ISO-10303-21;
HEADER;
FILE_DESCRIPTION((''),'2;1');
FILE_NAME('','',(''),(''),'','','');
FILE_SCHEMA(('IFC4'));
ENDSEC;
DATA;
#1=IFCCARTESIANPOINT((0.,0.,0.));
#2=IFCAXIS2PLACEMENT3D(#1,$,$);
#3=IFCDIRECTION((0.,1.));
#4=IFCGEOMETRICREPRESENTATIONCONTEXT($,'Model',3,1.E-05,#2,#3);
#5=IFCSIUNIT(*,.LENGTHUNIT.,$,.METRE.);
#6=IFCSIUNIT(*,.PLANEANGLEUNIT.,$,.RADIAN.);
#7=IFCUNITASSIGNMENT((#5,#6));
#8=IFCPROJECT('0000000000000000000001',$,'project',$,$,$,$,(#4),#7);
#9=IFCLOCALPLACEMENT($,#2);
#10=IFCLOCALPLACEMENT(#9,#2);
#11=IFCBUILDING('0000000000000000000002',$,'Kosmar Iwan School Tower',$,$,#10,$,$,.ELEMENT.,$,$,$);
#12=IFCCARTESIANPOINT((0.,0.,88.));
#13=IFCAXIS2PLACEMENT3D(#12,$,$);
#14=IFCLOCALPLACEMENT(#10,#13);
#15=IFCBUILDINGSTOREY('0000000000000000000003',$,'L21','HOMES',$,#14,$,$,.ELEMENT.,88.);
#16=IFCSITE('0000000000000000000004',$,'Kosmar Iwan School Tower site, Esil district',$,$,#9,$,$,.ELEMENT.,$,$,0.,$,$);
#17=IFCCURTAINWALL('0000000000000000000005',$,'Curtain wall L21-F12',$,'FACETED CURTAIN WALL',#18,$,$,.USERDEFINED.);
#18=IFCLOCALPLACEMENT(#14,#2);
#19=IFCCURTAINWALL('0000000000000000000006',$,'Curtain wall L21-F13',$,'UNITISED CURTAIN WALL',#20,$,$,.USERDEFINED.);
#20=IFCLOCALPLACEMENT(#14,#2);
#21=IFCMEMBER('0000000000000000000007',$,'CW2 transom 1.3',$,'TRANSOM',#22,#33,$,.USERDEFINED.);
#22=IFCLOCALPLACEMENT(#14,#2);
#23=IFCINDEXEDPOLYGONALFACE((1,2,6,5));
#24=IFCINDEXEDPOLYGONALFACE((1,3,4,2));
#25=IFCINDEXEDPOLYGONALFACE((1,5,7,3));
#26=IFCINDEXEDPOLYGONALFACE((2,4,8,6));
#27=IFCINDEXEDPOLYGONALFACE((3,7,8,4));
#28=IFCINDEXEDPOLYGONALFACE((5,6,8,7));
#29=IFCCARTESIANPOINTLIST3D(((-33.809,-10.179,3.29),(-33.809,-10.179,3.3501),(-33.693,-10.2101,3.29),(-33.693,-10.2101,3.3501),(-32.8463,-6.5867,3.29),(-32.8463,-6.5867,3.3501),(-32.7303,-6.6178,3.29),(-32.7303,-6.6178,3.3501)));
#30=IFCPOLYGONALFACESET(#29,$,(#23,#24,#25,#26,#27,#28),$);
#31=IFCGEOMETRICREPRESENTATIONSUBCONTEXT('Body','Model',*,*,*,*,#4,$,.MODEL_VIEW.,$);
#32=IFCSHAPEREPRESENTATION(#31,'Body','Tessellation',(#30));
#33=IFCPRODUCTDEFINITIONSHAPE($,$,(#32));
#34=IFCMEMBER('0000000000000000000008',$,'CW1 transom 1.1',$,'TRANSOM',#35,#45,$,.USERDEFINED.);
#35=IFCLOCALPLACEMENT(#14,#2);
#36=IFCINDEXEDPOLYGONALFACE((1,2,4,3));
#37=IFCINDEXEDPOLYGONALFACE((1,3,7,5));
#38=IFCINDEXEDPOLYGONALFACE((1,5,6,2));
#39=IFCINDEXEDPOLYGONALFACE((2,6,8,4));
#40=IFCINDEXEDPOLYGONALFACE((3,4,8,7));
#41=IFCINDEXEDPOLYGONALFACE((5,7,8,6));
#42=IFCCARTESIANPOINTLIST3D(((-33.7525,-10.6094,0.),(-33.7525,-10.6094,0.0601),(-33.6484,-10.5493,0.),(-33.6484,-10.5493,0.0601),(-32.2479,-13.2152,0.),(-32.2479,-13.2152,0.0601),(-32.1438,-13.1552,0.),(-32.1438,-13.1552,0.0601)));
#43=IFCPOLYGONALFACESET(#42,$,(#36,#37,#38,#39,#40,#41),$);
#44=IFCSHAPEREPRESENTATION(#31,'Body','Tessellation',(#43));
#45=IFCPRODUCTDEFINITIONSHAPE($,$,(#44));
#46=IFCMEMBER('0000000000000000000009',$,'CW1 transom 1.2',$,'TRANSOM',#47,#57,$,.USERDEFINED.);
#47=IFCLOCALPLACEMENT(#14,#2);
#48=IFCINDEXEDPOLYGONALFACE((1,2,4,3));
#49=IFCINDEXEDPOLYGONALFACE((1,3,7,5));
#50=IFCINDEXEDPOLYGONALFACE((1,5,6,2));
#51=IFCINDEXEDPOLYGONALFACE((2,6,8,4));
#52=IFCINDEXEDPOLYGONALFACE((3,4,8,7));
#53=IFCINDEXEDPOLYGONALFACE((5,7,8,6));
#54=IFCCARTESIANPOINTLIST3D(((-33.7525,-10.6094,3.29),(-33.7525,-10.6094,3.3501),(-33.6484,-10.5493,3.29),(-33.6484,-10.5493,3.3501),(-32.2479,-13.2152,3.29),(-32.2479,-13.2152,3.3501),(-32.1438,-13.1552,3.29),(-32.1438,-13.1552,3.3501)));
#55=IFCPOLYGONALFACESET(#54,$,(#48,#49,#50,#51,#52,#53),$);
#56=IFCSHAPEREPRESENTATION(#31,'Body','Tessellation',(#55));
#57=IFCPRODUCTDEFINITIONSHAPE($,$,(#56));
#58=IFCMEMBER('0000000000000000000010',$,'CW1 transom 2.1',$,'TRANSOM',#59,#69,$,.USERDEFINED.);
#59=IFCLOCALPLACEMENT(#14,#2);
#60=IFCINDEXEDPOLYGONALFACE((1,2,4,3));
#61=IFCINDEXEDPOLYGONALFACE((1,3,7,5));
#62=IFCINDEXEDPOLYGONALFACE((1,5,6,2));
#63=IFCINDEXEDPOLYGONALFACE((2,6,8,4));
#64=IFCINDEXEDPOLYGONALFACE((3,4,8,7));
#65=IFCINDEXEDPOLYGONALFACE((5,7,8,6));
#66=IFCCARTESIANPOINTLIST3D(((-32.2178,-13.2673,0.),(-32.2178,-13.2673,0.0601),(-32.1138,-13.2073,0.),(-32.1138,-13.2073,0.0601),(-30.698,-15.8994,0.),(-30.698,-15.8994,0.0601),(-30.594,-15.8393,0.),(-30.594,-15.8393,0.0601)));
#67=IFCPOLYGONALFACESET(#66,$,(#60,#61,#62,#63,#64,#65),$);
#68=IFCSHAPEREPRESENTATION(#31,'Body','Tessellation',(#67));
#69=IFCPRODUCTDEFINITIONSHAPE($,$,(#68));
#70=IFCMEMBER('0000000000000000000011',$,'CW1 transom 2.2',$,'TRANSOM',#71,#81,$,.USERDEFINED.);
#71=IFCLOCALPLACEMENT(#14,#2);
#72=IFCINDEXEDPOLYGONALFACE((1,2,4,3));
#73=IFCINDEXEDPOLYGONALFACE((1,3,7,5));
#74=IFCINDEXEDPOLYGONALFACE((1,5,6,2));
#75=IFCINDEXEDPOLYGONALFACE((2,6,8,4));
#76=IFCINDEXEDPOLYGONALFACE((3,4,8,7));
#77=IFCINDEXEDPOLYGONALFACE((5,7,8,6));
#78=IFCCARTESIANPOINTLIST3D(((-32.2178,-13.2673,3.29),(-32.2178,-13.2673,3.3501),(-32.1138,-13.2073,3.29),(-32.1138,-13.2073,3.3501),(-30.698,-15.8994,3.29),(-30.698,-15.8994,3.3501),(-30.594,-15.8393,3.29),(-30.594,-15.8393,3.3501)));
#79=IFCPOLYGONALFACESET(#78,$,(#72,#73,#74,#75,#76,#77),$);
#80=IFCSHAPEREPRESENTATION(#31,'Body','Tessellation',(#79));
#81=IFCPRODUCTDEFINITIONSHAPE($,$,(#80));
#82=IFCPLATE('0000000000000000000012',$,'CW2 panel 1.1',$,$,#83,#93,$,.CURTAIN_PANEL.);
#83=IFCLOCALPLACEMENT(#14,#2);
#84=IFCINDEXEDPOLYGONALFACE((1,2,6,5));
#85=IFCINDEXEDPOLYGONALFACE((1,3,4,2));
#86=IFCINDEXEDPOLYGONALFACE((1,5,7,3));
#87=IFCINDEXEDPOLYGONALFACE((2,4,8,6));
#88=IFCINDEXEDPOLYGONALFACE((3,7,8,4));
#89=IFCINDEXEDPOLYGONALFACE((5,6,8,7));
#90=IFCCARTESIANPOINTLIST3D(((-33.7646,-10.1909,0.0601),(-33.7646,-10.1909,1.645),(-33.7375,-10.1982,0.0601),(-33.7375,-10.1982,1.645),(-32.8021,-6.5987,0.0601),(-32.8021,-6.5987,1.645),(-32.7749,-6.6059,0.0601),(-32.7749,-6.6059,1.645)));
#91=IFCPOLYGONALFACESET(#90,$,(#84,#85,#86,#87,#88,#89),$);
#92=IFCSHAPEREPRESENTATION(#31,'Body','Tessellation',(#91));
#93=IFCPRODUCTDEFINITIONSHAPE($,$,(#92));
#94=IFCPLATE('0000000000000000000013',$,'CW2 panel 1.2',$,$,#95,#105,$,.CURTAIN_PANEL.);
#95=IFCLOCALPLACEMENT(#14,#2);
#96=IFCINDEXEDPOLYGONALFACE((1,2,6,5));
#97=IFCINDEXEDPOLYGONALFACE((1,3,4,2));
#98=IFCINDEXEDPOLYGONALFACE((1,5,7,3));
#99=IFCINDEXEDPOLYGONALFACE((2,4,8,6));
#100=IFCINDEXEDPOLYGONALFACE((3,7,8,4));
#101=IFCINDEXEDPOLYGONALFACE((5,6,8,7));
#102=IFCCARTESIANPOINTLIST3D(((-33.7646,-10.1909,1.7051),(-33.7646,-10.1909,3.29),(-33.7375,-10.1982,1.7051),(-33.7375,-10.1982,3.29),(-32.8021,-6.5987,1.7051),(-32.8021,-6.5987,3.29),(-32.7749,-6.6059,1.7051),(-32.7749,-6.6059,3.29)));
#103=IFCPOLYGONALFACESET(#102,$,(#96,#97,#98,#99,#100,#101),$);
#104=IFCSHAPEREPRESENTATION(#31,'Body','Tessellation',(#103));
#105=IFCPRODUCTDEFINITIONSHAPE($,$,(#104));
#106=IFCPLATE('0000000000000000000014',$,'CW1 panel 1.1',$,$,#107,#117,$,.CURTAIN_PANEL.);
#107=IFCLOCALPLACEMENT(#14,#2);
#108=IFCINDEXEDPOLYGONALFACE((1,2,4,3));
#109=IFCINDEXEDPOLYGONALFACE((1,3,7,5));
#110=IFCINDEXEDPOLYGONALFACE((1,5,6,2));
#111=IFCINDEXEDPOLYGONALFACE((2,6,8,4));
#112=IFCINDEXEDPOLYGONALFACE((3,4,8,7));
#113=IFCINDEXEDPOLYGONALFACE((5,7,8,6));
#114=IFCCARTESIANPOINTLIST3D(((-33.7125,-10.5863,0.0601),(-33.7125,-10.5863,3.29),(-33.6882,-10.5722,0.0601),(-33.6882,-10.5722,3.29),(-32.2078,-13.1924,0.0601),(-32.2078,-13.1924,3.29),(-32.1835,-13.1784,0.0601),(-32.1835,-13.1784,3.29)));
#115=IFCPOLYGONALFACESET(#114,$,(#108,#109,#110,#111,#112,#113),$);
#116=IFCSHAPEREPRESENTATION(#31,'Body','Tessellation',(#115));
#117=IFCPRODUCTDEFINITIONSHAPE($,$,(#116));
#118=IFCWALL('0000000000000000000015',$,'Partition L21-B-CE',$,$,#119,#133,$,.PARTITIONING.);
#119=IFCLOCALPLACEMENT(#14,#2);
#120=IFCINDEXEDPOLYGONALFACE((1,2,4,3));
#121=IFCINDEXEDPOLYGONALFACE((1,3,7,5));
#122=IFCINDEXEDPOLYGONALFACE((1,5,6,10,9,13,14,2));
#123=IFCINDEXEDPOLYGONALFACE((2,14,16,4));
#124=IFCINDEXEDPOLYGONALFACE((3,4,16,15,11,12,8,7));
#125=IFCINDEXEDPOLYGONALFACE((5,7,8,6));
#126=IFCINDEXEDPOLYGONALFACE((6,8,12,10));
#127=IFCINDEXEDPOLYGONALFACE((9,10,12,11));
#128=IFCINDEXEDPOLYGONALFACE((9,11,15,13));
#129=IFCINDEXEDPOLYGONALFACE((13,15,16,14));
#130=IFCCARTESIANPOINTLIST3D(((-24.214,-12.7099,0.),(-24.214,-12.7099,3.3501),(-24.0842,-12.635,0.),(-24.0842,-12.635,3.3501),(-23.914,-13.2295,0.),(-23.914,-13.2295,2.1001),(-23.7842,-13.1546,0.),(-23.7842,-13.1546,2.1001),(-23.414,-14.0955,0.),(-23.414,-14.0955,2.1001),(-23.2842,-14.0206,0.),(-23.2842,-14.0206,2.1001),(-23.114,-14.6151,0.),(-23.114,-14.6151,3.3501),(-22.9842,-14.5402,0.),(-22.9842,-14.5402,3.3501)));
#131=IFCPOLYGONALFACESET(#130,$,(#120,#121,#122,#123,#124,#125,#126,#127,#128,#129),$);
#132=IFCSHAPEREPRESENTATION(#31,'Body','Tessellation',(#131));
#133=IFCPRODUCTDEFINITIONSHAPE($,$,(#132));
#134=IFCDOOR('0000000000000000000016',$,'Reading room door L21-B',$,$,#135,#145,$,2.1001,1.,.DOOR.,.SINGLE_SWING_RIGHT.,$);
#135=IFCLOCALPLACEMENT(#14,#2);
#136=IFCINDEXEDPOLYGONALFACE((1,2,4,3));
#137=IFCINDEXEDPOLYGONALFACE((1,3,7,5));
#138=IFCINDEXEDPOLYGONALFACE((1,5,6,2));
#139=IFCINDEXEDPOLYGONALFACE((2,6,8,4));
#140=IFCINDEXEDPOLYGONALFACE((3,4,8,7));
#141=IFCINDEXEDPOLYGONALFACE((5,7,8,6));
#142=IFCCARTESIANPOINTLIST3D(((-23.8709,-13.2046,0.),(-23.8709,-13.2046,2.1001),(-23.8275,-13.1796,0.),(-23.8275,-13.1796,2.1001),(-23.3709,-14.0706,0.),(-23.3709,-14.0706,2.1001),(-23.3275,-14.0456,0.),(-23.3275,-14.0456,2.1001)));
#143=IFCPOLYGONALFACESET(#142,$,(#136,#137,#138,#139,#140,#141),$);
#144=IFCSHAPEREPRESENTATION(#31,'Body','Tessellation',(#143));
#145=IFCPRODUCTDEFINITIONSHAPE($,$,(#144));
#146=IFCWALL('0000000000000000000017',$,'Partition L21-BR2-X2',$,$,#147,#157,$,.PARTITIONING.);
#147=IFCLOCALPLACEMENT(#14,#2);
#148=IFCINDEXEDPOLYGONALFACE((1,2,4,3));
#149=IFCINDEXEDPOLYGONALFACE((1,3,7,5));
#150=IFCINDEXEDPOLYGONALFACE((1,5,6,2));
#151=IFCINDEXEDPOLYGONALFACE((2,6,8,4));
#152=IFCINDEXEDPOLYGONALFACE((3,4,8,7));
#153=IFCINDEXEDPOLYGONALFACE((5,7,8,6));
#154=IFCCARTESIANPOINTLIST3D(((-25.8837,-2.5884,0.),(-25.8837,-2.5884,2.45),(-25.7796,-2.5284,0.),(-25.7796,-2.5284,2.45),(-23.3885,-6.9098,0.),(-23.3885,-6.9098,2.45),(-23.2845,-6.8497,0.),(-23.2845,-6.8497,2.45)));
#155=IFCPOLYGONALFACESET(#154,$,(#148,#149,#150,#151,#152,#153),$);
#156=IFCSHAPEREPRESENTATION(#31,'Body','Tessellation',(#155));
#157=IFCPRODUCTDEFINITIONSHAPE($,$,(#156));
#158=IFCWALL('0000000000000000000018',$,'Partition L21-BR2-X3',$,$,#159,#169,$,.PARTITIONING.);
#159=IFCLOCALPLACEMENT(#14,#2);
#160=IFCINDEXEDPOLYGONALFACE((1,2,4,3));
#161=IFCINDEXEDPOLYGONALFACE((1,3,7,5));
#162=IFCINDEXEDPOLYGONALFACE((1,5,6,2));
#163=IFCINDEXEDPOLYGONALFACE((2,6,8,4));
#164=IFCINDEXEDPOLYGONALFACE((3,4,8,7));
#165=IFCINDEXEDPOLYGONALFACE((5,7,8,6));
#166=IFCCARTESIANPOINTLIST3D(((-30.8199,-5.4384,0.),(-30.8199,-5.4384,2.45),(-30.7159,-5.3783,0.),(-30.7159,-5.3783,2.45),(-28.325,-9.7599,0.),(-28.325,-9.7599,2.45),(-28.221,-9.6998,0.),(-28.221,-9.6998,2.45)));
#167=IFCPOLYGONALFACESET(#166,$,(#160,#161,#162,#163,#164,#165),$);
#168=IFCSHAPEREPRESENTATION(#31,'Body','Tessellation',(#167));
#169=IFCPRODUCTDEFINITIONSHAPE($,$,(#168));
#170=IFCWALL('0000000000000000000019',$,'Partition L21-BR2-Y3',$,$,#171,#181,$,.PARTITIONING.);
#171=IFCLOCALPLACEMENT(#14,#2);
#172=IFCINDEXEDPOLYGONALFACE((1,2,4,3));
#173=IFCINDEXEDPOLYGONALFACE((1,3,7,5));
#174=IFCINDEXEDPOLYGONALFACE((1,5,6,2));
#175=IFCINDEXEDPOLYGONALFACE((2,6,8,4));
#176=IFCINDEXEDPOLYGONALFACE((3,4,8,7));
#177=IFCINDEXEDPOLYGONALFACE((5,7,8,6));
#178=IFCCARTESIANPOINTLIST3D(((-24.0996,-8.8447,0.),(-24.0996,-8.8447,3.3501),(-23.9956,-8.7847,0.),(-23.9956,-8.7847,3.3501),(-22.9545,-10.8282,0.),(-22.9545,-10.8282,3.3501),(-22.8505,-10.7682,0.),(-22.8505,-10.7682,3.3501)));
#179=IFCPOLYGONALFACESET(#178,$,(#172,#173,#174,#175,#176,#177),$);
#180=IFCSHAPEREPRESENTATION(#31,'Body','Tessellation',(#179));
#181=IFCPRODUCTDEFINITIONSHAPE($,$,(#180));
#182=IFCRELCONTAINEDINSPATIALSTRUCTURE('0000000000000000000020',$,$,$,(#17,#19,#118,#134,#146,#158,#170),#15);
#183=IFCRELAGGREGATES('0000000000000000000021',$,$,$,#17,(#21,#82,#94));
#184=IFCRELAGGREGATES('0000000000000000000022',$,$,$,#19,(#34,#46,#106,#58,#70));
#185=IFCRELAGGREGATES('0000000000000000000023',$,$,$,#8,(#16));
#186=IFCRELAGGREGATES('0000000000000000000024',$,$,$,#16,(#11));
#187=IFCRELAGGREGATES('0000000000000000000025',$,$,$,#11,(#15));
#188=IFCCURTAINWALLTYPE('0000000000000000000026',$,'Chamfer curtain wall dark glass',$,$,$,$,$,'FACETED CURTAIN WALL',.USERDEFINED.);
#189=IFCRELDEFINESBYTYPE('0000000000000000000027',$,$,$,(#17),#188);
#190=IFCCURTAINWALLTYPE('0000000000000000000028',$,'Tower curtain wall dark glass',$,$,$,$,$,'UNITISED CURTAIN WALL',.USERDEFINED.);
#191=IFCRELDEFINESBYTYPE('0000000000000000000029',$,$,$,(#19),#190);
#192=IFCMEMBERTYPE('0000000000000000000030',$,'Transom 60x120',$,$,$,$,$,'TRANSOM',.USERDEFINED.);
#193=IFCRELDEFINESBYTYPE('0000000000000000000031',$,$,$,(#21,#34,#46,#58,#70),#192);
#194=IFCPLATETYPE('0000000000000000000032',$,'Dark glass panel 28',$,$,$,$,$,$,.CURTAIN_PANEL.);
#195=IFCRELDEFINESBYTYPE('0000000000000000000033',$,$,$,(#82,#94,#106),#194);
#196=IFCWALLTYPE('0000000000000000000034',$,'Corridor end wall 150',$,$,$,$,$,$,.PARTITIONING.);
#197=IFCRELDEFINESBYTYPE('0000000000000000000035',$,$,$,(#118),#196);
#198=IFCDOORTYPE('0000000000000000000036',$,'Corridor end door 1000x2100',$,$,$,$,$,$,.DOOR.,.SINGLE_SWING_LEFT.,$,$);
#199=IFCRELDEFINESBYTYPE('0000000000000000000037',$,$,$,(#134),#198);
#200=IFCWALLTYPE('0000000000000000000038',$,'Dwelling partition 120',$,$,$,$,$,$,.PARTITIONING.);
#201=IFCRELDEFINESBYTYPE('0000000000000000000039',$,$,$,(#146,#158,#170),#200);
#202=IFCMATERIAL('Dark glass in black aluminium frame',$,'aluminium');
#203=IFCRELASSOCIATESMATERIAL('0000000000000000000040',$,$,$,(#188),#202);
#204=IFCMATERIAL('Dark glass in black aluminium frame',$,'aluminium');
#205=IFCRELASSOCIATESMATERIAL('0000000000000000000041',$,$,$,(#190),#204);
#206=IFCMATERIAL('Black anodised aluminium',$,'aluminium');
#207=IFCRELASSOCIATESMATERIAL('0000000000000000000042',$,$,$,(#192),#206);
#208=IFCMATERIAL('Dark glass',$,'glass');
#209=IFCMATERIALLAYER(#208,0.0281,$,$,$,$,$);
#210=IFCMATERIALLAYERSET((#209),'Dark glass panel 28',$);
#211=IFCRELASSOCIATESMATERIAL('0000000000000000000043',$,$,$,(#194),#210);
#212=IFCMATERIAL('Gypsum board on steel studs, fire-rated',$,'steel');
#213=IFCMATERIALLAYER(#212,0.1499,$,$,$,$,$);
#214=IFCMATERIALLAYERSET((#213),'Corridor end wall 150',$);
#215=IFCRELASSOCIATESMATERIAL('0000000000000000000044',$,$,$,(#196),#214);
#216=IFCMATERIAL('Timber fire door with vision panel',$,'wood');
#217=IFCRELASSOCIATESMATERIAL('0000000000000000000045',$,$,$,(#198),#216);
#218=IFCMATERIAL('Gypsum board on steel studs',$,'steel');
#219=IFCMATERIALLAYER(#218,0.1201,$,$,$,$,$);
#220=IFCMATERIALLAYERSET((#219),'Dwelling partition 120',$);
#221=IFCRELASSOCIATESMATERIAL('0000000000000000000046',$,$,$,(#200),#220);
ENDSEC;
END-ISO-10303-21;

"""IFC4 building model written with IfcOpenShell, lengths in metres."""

from ifc_helpers import new_model, si_unit, direction, frame, frame_2d, origin, origin_2d, place, context, subcontext, project, spatial, rectangle, extrude, material, layer, layer_set, material_profile, profile_set, type_object, element, fill, aggregate, save


model = new_model("IFC4")

# Units and contexts
model_context = context("Model", 3, precision=1e-05, world=origin(), true_north=direction((0.0, 1.0)))
body_context = subcontext(model_context, "Body", "Model", "MODEL_VIEW")
ifc_project = project(units=[si_unit("LENGTHUNIT", "METRE"), si_unit("PLANEANGLEUNIT", "RADIAN")], contexts=[model_context])

# Site, building, storey
site_placement = place(None, origin())
site = spatial("IfcSite", under=ifc_project, at=site_placement, Name="Kosmar Iwan School Tower site, Esil district", CompositionType="ELEMENT", RefElevation=0.0)
building_placement = place(site_placement, origin())
building = spatial("IfcBuilding", under=site, at=building_placement, Name="Kosmar Iwan School Tower", CompositionType="ELEMENT")
storey_placement = place(building_placement, frame((0.0, 0.0, 88.0)))
storey = spatial("IfcBuildingStorey", under=building, at=storey_placement, Name="L21", Description="HOMES", CompositionType="ELEMENT", Elevation=88.0)

# Curtain walls
ifc_material_1 = material(Name="Dark glass in black aluminium frame", Category="aluminium")
curtain_wall_type_1 = type_object("IfcCurtainWallType", Name="Chamfer curtain wall dark glass", ElementType="FACETED CURTAIN WALL", PredefinedType="USERDEFINED", material=ifc_material_1)
curtain_wall_1_placement = place(storey_placement, origin())
curtain_wall_1 = element("IfcCurtainWall", 1, at=curtain_wall_1_placement, inside=storey, type_object=curtain_wall_type_1, Name="Curtain wall L21-F12", ObjectType="FACETED CURTAIN WALL", PredefinedType="USERDEFINED")
ifc_material_2 = material(Name="Dark glass in black aluminium frame", Category="aluminium")
curtain_wall_type_2 = type_object("IfcCurtainWallType", Name="Tower curtain wall dark glass", ElementType="UNITISED CURTAIN WALL", PredefinedType="USERDEFINED", material=ifc_material_2)
curtain_wall_2_placement = place(storey_placement, origin())
curtain_wall_2 = element("IfcCurtainWall", 2, at=curtain_wall_2_placement, inside=storey, type_object=curtain_wall_type_2, Name="Curtain wall L21-F13", ObjectType="UNITISED CURTAIN WALL", PredefinedType="USERDEFINED")

# Members
ifc_material_3 = material(Name="Black anodised aluminium", Category="aluminium")
ifc_material_profile_1 = material_profile(ifc_material_3, rectangle(XDim=0.1201, YDim=0.0601, at=origin_2d()), Name="TRANSOM 60x120")
ifc_profile_set_1 = profile_set([ifc_material_profile_1], Name="Black anodised aluminium")
member_type_1 = type_object("IfcMemberType", Name="Transom 60x120", ElementType="TRANSOM", PredefinedType="USERDEFINED", material=ifc_profile_set_1)
member_1_placement = place(storey_placement, frame((-32.7883, -6.6023, 3.3201), z_axis=(-0.258843, -0.965919, 0.0), x_axis=(0.965919, -0.258843, 0.0)))
member_1 = element("IfcMember", 3, at=member_1_placement, type_object=member_type_1, Name="CW2 transom 1.3", ObjectType="TRANSOM", PredefinedType="USERDEFINED", context=body_context, shape_type="SweptSolid", body=[
    extrude(rectangle(XDim=0.1201, YDim=0.0601, at=origin_2d()), origin(), (0.0, 0.0, 1.0), 3.719),
])
member_2_placement = place(storey_placement, frame((-33.7004, -10.5793, 0.03), z_axis=(0.500022, -0.866013, 0.0), x_axis=(0.866013, 0.500022, 0.0)))
member_2 = element("IfcMember", 4, at=member_2_placement, type_object=member_type_1, Name="CW1 transom 1.1", ObjectType="TRANSOM", PredefinedType="USERDEFINED", context=body_context, shape_type="SweptSolid", body=[
    extrude(rectangle(XDim=0.1201, YDim=0.0601, at=origin_2d()), origin(), (0.0, 0.0, 1.0), 3.009),
])
member_3_placement = place(storey_placement, frame((-33.7004, -10.5793, 3.3201), z_axis=(0.500022, -0.866013, 0.0), x_axis=(0.866013, 0.500022, 0.0)))
member_3 = element("IfcMember", 5, at=member_3_placement, type_object=member_type_1, Name="CW1 transom 1.2", ObjectType="TRANSOM", PredefinedType="USERDEFINED", context=body_context, shape_type="SweptSolid", body=[
    extrude(rectangle(XDim=0.1201, YDim=0.0601, at=origin_2d()), origin(), (0.0, 0.0, 1.0), 3.009),
])
member_4_placement = place(storey_placement, frame((-32.1658, -13.2373, 0.03), z_axis=(0.500035, -0.866005, 0.0), x_axis=(0.866005, 0.500035, 0.0)))
member_4 = element("IfcMember", 6, at=member_4_placement, type_object=member_type_1, Name="CW1 transom 2.1", ObjectType="TRANSOM", PredefinedType="USERDEFINED", context=body_context, shape_type="SweptSolid", body=[
    extrude(rectangle(XDim=0.1201, YDim=0.0601, at=origin_2d()), origin(), (0.0, 0.0, 1.0), 3.0393),
])
member_5_placement = place(storey_placement, frame((-32.1658, -13.2373, 3.3201), z_axis=(0.500035, -0.866005, 0.0), x_axis=(0.866005, 0.500035, 0.0)))
member_5 = element("IfcMember", 7, at=member_5_placement, type_object=member_type_1, Name="CW1 transom 2.2", ObjectType="TRANSOM", PredefinedType="USERDEFINED", context=body_context, shape_type="SweptSolid", body=[
    extrude(rectangle(XDim=0.1201, YDim=0.0601, at=origin_2d()), origin(), (0.0, 0.0, 1.0), 3.0393),
])

# Plates
ifc_material_4 = material(Name="Dark glass", Category="glass")
ifc_layer_1 = layer(ifc_material_4, 0.0281)
ifc_layer_set_1 = layer_set([ifc_layer_1], Name="Dark glass panel 28")
plate_type = type_object("IfcPlateType", Name="Dark glass panel 28", PredefinedType="CURTAIN_PANEL", material=ifc_layer_set_1)
plate_1_placement = place(storey_placement, frame((-33.2698, -8.3984, 0.0601), z_axis=(0.0, 0.0, 1.0), x_axis=(-0.258819, -0.965926, 0.0)))
plate_1 = element("IfcPlate", 8, at=plate_1_placement, type_object=plate_type, Name="CW2 panel 1.1", PredefinedType="CURTAIN_PANEL", context=body_context, shape_type="SweptSolid", body=[
    extrude(rectangle(XDim=3.719, YDim=0.0281, at=origin_2d()), origin(), (0.0, 0.0, 1.0), 1.585),
])
plate_2_placement = place(storey_placement, frame((-33.2698, -8.3984, 1.7051), z_axis=(0.0, 0.0, 1.0), x_axis=(-0.258819, -0.965926, 0.0)))
plate_2 = element("IfcPlate", 9, at=plate_2_placement, type_object=plate_type, Name="CW2 panel 1.2", PredefinedType="CURTAIN_PANEL", context=body_context, shape_type="SweptSolid", body=[
    extrude(rectangle(XDim=3.719, YDim=0.0281, at=origin_2d()), origin(), (0.0, 0.0, 1.0), 1.585),
])
aggregate(curtain_wall_1, [member_1, plate_1, plate_2])
plate_3_placement = place(storey_placement, frame((-32.948, -11.8823, 0.0601), z_axis=(0.0, 0.0, 1.0), x_axis=(0.5, -0.866025, 0.0)))
plate_3 = element("IfcPlate", 10, at=plate_3_placement, type_object=plate_type, Name="CW1 panel 1.1", PredefinedType="CURTAIN_PANEL", context=body_context, shape_type="SweptSolid", body=[
    extrude(rectangle(XDim=3.0093, YDim=0.0281, at=origin_2d()), origin(), (0.0, 0.0, 1.0), 3.23),
])
aggregate(curtain_wall_2, [member_2, member_3, plate_3, member_4, member_5])

# Wall, opening, door
ifc_material_5 = material(Name="Gypsum board on steel studs, fire-rated", Category="steel")
ifc_layer_2 = layer(ifc_material_5, 0.1499)
ifc_layer_set_2 = layer_set([ifc_layer_2], Name="Corridor end wall 150")
wall_type_1 = type_object("IfcWallType", Name="Corridor end wall 150", PredefinedType="PARTITIONING", material=ifc_layer_set_2)
wall_1_placement = place(storey_placement, frame((-24.1492, -12.6724, 0.0), z_axis=(0.0, 0.0, 1.0), x_axis=(0.50003, -0.866008, 0.0)))
wall_1 = element("IfcWall", 11, at=wall_1_placement, inside=storey, type_object=wall_type_1, Name="Partition L21-B-CE", PredefinedType="PARTITIONING", context=body_context, shape_type="SweptSolid", body=[
    extrude(rectangle(XDim=2.2, YDim=0.1499, at=frame_2d((1.1001, 0.0))), origin(), (0.0, 0.0, 1.0), 3.3501),
])
opening_placement = place(wall_1_placement, frame((0.6001, 0.0, 0.0)))
opening = element("IfcOpeningElement", 12, at=opening_placement, cuts=wall_1, PredefinedType="OPENING", context=body_context, shape_type="SweptSolid", body=[
    extrude(rectangle(XDim=1.0, YDim=2.1001, at=frame_2d((0.5, 1.05))), frame((0.0, 0.0869, 0.0), z_axis=(0.0, -1.0, 0.0), x_axis=(1.0, 0.0, 0.0)), (0.0, 0.0, 1.0), 0.1738),
])
ifc_material_6 = material(Name="Timber fire door with vision panel", Category="wood")
door_type = type_object("IfcDoorType", Name="Corridor end door 1000x2100", OperationType="SINGLE_SWING_LEFT", PredefinedType="DOOR", material=ifc_material_6)
door_placement = place(opening_placement, origin())
door = element("IfcDoor", 13, at=door_placement, inside=storey, type_object=door_type, Name="Reading room door L21-B", OperationType="SINGLE_SWING_RIGHT", OverallHeight=2.1001, OverallWidth=1.0, PredefinedType="DOOR", context=body_context, shape_type="SweptSolid", body=[
    extrude(rectangle(XDim=1.0, YDim=2.1001, at=frame_2d((0.5, 1.05))), frame((0.0, 0.0249, 0.0), z_axis=(0.0, -1.0, 0.0), x_axis=(1.0, 0.0, 0.0)), (0.0, 0.0, 1.0), 0.05),
])
fill(opening, door)

# Walls
ifc_material_7 = material(Name="Gypsum board on steel studs", Category="steel")
ifc_layer_3 = layer(ifc_material_7, 0.1201)
ifc_layer_set_3 = layer_set([ifc_layer_3], Name="Dwelling partition 120")
wall_type_2 = type_object("IfcWallType", Name="Dwelling partition 120", PredefinedType="PARTITIONING", material=ifc_layer_set_3)
for number, where, z_axis, x_axis, name in (
    (14, (-23.3364, -6.8799, 0.0), (0.0, 0.0, 1.0), (-0.500033, 0.866006, 0.0), "Partition L21-BR2-X2"),
    (15, (-28.2729, -9.73, 0.0), (0.0, 0.0, 1.0), (-0.499975, 0.86604, 0.0), "Partition L21-BR2-X3"),
):
    element("IfcWall", number, at=place(storey_placement, frame(where, z_axis=z_axis, x_axis=x_axis)), inside=storey, type_object=wall_type_2, Name=name, PredefinedType="PARTITIONING", context=body_context, shape_type="SweptSolid", body=[
        extrude(rectangle(XDim=4.99, YDim=0.1201, at=frame_2d((2.4951, 0.0))), origin(), (0.0, 0.0, 1.0), 2.45),
    ])
wall_2_placement = place(storey_placement, frame((-22.9026, -10.7981, 0.0), z_axis=(0.0, 0.0, 1.0), x_axis=(-0.499969, 0.866044, 0.0)))
element("IfcWall", 16, at=wall_2_placement, inside=storey, type_object=wall_type_2, Name="Partition L21-BR2-Y3", PredefinedType="PARTITIONING", context=body_context, shape_type="SweptSolid", body=[
    extrude(rectangle(XDim=2.2903, YDim=0.1201, at=frame_2d((1.145, 0.0))), origin(), (0.0, 0.0, 1.0), 3.3501),
])

save(model, "model.ifc")
